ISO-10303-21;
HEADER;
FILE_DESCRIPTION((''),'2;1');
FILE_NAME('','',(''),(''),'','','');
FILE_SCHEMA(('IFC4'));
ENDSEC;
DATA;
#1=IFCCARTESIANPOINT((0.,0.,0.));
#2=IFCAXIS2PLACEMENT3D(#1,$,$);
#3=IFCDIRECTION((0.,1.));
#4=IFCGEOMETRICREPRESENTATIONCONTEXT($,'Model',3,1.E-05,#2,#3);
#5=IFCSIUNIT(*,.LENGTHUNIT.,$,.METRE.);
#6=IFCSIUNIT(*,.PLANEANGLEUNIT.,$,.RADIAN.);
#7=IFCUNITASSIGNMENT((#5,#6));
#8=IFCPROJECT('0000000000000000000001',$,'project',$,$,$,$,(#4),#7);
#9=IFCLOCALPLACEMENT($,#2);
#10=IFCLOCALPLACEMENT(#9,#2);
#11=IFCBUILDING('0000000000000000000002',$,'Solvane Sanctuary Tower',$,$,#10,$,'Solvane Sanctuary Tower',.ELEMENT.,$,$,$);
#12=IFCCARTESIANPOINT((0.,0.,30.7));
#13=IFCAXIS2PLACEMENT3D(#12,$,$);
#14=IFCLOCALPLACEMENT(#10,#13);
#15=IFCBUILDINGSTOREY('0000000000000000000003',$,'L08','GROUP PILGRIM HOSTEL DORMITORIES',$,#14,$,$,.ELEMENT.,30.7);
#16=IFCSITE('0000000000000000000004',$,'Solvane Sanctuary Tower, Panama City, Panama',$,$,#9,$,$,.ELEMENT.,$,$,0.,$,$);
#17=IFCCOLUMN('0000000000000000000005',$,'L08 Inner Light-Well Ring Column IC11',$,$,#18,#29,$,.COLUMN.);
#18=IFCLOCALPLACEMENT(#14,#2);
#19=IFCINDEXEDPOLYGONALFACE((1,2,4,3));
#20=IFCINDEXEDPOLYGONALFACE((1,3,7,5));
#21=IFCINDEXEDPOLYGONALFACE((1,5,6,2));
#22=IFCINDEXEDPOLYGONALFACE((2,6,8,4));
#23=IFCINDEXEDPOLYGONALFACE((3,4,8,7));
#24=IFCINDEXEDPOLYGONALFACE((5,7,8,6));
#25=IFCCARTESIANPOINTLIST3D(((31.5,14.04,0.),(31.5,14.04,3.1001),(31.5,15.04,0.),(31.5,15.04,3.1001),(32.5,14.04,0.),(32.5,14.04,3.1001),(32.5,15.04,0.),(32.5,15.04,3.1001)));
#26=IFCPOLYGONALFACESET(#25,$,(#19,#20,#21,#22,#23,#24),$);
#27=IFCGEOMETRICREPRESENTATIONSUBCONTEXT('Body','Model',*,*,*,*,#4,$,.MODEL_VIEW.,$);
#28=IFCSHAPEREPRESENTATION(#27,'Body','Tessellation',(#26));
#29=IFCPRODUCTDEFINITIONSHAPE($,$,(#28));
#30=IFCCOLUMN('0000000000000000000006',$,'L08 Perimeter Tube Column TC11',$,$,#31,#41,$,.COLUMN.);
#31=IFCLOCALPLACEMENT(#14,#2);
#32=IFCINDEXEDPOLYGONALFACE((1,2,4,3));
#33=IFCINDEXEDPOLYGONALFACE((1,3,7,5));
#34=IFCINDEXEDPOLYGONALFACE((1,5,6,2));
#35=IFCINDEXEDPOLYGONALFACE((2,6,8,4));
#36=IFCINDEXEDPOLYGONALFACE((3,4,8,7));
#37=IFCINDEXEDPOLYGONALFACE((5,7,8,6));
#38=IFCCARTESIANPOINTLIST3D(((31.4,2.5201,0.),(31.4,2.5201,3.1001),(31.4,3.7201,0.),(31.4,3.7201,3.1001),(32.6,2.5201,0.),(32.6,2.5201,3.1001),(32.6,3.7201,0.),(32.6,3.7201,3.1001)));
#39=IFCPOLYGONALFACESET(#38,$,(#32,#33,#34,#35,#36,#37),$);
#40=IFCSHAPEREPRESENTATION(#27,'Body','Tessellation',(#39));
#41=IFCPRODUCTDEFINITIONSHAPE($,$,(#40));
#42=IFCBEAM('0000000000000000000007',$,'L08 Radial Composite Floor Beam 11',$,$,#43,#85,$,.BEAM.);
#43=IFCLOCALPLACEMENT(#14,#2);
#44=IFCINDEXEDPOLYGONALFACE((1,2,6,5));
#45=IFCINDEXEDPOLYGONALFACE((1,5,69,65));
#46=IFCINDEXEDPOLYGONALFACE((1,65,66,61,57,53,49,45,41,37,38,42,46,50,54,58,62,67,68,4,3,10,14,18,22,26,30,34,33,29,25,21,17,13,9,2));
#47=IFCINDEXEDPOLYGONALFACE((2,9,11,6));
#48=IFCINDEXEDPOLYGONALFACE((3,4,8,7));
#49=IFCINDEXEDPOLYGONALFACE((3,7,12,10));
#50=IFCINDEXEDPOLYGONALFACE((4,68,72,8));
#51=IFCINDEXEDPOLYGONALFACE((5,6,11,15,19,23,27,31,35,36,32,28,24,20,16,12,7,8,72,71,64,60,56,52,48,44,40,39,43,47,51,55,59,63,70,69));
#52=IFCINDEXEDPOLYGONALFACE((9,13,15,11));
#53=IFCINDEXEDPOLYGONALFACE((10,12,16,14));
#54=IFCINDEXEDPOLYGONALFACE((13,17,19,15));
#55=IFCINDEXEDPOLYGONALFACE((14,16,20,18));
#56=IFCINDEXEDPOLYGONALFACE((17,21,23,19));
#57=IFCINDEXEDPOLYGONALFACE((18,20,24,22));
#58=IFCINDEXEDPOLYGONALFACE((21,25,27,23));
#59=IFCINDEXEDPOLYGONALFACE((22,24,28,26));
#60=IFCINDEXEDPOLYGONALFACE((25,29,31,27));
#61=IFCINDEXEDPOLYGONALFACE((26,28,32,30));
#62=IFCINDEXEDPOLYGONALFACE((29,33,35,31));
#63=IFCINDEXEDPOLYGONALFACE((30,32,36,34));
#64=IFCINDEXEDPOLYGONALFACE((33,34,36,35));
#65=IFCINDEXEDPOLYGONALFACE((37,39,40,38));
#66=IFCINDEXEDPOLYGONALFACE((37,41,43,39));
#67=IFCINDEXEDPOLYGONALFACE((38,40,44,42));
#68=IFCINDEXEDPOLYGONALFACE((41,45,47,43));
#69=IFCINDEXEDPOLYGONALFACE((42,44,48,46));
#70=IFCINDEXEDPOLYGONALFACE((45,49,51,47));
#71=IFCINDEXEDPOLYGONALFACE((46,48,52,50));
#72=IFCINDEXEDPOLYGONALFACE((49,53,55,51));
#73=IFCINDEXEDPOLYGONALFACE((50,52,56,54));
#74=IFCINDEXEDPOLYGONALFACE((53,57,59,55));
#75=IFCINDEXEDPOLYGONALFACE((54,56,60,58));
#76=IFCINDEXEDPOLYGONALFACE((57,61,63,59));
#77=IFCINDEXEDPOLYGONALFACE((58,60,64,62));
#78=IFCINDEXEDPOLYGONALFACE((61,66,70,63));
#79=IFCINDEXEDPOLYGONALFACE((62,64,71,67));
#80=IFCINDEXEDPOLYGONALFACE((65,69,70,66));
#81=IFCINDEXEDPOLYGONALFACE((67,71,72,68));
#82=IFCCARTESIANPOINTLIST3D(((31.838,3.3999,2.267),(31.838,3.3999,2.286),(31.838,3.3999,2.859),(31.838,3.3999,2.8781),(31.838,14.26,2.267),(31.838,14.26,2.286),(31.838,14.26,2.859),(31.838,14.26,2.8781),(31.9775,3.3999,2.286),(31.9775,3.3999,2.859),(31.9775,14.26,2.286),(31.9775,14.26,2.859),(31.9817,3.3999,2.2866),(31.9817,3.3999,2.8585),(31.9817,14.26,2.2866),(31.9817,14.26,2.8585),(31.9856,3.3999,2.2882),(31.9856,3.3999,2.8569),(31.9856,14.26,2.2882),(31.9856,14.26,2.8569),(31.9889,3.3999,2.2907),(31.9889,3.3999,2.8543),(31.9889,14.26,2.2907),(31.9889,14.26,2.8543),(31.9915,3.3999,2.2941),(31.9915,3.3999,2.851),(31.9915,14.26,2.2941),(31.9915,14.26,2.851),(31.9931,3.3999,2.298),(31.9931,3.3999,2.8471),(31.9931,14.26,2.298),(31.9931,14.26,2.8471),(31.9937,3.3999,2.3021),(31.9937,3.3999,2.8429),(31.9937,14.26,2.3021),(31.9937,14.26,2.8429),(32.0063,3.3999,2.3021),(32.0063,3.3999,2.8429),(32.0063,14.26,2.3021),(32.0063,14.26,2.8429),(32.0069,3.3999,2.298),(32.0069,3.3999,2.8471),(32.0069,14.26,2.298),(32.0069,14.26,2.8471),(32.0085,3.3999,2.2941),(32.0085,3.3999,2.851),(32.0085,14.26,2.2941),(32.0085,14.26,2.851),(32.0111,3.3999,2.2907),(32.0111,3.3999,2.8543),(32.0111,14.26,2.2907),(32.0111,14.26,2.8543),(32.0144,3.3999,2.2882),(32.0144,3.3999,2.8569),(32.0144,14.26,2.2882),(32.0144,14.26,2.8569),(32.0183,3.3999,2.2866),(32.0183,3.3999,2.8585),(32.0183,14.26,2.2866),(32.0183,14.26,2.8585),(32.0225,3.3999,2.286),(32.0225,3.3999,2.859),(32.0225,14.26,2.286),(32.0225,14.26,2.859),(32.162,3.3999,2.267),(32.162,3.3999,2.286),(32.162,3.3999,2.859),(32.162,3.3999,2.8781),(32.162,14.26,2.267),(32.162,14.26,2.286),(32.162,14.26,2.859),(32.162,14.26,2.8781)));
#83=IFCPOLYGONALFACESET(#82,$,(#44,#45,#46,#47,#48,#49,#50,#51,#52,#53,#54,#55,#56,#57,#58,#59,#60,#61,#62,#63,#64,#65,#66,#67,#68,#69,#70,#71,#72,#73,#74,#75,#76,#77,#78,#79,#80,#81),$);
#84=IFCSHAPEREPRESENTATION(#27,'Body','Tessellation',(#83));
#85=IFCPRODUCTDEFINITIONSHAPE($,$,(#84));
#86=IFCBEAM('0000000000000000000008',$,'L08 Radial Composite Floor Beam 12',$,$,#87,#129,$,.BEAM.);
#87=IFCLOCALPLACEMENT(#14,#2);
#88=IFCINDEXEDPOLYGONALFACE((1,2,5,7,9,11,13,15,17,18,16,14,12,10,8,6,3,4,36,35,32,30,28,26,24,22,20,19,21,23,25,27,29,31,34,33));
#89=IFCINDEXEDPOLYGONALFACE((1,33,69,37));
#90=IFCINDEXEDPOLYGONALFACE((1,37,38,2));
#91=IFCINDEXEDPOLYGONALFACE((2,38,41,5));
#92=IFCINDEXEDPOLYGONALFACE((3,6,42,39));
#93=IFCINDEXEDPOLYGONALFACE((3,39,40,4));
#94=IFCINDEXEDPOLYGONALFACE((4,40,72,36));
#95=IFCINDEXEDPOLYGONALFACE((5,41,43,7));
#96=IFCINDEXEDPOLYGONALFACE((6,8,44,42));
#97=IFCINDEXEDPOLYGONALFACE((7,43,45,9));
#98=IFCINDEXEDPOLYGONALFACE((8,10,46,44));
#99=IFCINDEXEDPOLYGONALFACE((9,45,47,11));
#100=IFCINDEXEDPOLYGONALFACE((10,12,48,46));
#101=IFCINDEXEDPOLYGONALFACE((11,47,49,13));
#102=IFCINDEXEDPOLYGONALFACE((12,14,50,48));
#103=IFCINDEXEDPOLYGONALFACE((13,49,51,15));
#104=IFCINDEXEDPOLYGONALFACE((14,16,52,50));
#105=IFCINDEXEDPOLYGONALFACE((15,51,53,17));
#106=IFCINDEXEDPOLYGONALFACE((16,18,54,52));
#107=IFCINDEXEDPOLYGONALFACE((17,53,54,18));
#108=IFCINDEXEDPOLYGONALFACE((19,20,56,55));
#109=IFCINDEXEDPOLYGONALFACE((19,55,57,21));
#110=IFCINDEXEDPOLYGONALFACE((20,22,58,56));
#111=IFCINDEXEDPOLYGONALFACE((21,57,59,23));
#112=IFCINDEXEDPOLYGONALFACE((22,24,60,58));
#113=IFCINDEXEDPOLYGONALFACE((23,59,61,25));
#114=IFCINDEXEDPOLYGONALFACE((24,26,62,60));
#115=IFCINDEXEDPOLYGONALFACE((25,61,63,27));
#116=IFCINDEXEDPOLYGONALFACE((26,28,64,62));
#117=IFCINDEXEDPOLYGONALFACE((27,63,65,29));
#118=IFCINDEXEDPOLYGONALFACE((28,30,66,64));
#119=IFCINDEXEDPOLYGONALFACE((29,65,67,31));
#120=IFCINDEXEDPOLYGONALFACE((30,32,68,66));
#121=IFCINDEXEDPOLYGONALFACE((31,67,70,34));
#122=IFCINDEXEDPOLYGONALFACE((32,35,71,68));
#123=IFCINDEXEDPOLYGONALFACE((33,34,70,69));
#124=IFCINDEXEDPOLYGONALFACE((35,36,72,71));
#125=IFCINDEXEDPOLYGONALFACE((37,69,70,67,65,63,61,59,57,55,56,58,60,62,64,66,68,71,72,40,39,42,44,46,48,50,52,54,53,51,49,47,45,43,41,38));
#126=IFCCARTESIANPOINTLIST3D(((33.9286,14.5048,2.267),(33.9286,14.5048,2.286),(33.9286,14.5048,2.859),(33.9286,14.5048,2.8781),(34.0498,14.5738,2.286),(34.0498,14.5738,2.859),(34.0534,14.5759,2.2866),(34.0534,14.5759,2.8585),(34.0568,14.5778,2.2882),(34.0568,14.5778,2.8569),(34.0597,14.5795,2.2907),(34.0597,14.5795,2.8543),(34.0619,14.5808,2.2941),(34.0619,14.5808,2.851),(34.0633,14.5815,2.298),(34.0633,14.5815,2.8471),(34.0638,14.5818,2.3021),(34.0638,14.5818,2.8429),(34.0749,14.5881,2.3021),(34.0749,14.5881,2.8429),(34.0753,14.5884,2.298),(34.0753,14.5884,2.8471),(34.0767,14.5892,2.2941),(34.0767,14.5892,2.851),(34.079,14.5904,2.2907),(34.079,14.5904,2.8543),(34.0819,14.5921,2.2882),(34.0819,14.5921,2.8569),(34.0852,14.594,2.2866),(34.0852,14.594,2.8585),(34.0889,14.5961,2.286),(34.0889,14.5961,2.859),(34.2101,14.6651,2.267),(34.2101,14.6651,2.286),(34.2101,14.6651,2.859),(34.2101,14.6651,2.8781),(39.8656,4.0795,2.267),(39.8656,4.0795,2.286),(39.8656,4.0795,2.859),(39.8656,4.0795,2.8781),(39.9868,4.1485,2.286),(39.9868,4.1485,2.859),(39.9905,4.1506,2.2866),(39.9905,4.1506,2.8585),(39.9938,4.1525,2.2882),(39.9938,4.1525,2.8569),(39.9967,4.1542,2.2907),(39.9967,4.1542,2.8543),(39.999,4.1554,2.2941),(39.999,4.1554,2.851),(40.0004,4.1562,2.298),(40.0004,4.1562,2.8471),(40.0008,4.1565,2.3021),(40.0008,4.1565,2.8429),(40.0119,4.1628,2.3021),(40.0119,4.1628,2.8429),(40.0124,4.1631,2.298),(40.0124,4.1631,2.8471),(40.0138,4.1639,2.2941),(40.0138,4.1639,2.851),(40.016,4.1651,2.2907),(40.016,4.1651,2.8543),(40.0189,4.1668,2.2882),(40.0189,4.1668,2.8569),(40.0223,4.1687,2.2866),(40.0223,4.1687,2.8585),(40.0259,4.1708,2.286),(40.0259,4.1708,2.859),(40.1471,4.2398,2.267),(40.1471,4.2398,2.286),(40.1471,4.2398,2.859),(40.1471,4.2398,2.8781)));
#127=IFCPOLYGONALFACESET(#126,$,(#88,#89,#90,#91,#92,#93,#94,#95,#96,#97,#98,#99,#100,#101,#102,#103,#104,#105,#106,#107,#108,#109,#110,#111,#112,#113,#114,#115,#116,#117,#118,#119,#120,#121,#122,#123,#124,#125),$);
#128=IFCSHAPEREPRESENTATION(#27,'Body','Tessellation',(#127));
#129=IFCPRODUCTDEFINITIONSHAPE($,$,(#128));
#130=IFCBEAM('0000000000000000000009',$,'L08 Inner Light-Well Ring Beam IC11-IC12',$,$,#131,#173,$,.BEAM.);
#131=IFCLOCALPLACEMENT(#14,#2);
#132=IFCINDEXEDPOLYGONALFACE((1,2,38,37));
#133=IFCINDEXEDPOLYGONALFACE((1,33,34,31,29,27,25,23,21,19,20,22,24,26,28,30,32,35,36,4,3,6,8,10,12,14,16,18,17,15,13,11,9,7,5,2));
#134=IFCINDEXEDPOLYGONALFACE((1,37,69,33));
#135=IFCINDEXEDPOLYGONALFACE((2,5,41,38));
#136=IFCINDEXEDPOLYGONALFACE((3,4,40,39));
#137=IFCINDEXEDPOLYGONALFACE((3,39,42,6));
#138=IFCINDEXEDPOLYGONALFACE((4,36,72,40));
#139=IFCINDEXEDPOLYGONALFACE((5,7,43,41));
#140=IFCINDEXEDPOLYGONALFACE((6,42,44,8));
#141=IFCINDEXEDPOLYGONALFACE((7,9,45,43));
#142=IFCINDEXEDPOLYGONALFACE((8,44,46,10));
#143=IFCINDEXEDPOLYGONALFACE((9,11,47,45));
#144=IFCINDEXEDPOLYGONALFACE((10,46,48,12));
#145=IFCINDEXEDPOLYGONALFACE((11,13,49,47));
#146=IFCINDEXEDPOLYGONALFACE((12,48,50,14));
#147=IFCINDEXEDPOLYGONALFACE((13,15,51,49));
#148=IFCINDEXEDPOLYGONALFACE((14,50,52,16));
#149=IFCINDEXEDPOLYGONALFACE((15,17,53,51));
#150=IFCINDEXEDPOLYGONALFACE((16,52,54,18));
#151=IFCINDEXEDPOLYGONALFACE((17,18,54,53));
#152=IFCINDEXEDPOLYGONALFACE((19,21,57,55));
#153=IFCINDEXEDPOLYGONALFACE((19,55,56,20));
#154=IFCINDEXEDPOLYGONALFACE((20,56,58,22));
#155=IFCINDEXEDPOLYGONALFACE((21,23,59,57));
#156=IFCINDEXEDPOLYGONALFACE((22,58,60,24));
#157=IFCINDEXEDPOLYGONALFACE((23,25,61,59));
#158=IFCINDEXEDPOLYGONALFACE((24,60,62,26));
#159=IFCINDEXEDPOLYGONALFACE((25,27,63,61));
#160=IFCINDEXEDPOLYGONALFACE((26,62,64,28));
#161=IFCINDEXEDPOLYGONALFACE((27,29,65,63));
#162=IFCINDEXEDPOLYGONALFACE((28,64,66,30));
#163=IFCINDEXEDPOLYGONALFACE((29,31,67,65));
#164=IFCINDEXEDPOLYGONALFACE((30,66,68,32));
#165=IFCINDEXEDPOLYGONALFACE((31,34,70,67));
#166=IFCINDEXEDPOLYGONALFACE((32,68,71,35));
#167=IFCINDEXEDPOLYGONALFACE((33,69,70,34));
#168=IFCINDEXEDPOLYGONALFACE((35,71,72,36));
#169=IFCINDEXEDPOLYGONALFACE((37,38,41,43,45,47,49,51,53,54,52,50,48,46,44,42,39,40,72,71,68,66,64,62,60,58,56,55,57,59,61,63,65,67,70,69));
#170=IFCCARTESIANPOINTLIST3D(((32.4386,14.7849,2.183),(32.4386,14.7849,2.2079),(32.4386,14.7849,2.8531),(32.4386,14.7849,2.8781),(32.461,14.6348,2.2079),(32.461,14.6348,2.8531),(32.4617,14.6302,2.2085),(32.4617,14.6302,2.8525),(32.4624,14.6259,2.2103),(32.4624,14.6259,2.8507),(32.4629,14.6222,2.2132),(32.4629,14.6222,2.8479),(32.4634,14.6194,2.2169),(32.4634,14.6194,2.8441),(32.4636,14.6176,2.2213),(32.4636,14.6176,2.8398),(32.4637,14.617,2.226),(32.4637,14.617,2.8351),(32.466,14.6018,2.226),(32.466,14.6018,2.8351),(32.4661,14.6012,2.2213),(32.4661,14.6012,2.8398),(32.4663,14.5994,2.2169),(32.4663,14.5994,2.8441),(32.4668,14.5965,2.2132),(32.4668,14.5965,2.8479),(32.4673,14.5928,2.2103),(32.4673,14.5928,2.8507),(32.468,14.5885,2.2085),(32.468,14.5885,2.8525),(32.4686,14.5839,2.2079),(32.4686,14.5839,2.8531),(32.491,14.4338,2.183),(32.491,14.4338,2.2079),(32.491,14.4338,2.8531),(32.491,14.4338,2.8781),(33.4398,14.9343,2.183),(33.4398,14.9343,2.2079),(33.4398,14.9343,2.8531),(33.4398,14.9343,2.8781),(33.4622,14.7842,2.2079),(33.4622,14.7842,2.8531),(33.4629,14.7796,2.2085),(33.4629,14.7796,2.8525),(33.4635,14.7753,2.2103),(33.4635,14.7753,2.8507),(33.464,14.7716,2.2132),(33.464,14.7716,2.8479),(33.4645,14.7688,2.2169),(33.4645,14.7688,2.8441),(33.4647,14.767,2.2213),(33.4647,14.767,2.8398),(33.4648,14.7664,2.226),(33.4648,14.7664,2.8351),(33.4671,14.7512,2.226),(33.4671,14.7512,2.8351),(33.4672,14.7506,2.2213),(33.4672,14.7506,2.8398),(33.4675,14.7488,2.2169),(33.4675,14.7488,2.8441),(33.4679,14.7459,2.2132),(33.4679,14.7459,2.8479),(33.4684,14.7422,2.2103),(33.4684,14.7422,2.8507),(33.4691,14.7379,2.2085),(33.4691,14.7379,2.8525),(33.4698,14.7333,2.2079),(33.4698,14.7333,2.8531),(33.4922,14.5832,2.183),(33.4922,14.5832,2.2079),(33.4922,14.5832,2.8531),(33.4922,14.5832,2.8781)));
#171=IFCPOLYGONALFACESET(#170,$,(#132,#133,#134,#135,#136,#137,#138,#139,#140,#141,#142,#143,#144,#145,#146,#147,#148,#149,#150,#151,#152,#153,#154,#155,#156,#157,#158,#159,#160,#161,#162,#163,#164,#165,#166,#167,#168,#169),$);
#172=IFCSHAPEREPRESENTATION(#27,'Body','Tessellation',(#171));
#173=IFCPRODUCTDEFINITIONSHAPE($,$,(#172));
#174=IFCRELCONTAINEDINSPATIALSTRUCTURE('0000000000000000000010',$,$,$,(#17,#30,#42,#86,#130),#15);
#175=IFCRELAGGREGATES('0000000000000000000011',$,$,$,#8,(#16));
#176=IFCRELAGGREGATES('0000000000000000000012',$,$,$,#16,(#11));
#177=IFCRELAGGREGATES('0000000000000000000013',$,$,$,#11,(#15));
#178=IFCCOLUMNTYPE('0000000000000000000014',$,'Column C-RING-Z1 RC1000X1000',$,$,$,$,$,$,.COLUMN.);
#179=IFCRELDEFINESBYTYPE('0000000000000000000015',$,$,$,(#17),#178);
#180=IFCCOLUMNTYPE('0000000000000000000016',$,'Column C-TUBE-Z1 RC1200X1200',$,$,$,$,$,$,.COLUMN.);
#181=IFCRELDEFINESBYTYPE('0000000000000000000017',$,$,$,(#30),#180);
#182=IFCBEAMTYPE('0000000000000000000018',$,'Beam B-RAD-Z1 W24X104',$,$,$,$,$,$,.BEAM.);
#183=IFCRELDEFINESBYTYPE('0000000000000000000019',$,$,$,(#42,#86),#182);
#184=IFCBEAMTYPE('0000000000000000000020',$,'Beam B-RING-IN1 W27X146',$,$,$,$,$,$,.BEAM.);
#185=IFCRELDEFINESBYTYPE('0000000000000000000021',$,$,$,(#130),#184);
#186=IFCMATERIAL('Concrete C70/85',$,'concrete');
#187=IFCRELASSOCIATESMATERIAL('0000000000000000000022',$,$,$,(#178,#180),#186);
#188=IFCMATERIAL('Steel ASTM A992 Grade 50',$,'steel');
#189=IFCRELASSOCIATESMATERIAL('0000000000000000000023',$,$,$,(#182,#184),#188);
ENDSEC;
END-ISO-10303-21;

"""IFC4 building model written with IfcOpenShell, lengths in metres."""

from ifc_helpers import new_model, si_unit, direction, frame, origin, origin_2d, place, context, subcontext, project, spatial, rectangle, i_section, extrude, material, material_profile, profile_set, type_object, element, save


model = new_model("IFC4")

# Units and contexts
model_context = context("Model", 3, precision=1e-05, world=origin(), true_north=direction((0.0, 1.0)))
body_context = subcontext(model_context, "Body", "Model", "MODEL_VIEW")
ifc_project = project(units=[si_unit("LENGTHUNIT", "METRE"), si_unit("PLANEANGLEUNIT", "RADIAN")], contexts=[model_context])

# Site, building, storey
site_placement = place(None, origin())
site = spatial("IfcSite", under=ifc_project, at=site_placement, Name="Solvane Sanctuary Tower, Panama City, Panama", CompositionType="ELEMENT", RefElevation=0.0)
building_placement = place(site_placement, origin())
building = spatial("IfcBuilding", under=site, at=building_placement, Name="Solvane Sanctuary Tower", LongName="Solvane Sanctuary Tower", CompositionType="ELEMENT")
storey_placement = place(building_placement, frame((0.0, 0.0, 30.7)))
storey = spatial("IfcBuildingStorey", under=building, at=storey_placement, Name="L08", Description="GROUP PILGRIM HOSTEL DORMITORIES", CompositionType="ELEMENT", Elevation=30.7)

# Columns
ifc_material_1 = material(Name="Concrete C70/85", Category="concrete")
ifc_material_profile_1 = material_profile(ifc_material_1, rectangle(XDim=1.0, YDim=1.0, at=origin_2d()), Name="RC1000X1000")
ifc_profile_set_1 = profile_set([ifc_material_profile_1], Name="Concrete C70/85")
column_type_1 = type_object("IfcColumnType", Name="Column C-RING-Z1 RC1000X1000", PredefinedType="COLUMN", material=ifc_profile_set_1)
column_1_placement = place(storey_placement, frame((32.0, 14.54, 0.0), z_axis=(0.0, 0.0, 1.0), x_axis=(1.0, 0.0, 0.0)))
element("IfcColumn", 1, at=column_1_placement, inside=storey, type_object=column_type_1, Name="L08 Inner Light-Well Ring Column IC11", PredefinedType="COLUMN", context=body_context, shape_type="SweptSolid", body=[
    extrude(rectangle(XDim=1.0, YDim=1.0, at=origin_2d()), origin(), (0.0, 0.0, 1.0), 3.1001),
])
ifc_material_profile_2 = material_profile(ifc_material_1, rectangle(XDim=1.2, YDim=1.2, at=origin_2d()), Name="RC1200X1200")
ifc_profile_set_2 = profile_set([ifc_material_profile_2], Name="Concrete C70/85")
column_type_2 = type_object("IfcColumnType", Name="Column C-TUBE-Z1 RC1200X1200", PredefinedType="COLUMN", material=ifc_profile_set_2)
column_2_placement = place(storey_placement, frame((32.0, 3.1201, 0.0), z_axis=(0.0, 0.0, 1.0), x_axis=(0.0, -1.0, 0.0)))
element("IfcColumn", 2, at=column_2_placement, inside=storey, type_object=column_type_2, Name="L08 Perimeter Tube Column TC11", PredefinedType="COLUMN", context=body_context, shape_type="SweptSolid", body=[
    extrude(rectangle(XDim=1.2, YDim=1.2, at=origin_2d()), origin(), (0.0, 0.0, 1.0), 3.1001),
])

# Beams
ifc_material_2 = material(Name="Steel ASTM A992 Grade 50", Category="steel")
ifc_material_profile_3 = material_profile(ifc_material_2, i_section(OverallWidth=0.324, OverallDepth=0.6111, WebThickness=0.0127, FlangeThickness=0.019, FilletRadius=0.0161, at=origin_2d()), Name="W24X104")
ifc_profile_set_3 = profile_set([ifc_material_profile_3], Name="Steel ASTM A992 Grade 50")
beam_type_1 = type_object("IfcBeamType", Name="Beam B-RAD-Z1 W24X104", PredefinedType="BEAM", material=ifc_profile_set_3)
beam_1_placement = place(storey_placement, frame((32.0, 14.26, 2.5725), z_axis=(0.0, -1.0, 0.0), x_axis=(1.0, 0.0, 0.0)))
element("IfcBeam", 3, at=beam_1_placement, inside=storey, type_object=beam_type_1, Name="L08 Radial Composite Floor Beam 11", PredefinedType="BEAM", context=body_context, shape_type="SweptSolid", body=[
    extrude(i_section(OverallWidth=0.324, OverallDepth=0.6111, WebThickness=0.0127, FlangeThickness=0.019, FilletRadius=0.0161, at=origin_2d()), origin(), (0.0, 0.0, 1.0), 10.8601),
])
beam_2_placement = place(storey_placement, frame((34.0693, 14.585, 2.5725), z_axis=(0.494863, -0.868971, 0.0), x_axis=(0.868971, 0.494863, 0.0)))
element("IfcBeam", 4, at=beam_2_placement, inside=storey, type_object=beam_type_1, Name="L08 Radial Composite Floor Beam 12", PredefinedType="BEAM", context=body_context, shape_type="SweptSolid", body=[
    extrude(i_section(OverallWidth=0.324, OverallDepth=0.6111, WebThickness=0.0127, FlangeThickness=0.019, FilletRadius=0.0161, at=origin_2d()), origin(), (0.0, 0.0, 1.0), 11.9973),
])
ifc_material_profile_4 = material_profile(ifc_material_2, i_section(OverallWidth=0.355, OverallDepth=0.6951, WebThickness=0.0154, FlangeThickness=0.0249, FilletRadius=0.0181, at=origin_2d()), Name="W27X146")
ifc_profile_set_4 = profile_set([ifc_material_profile_4], Name="Steel ASTM A992 Grade 50")
beam_type_2 = type_object("IfcBeamType", Name="Beam B-RING-IN1 W27X146", PredefinedType="BEAM", material=ifc_profile_set_4)
beam_3_placement = place(storey_placement, frame((32.4648, 14.6094, 2.5305), z_axis=(0.989048, 0.147597, 0.0), x_axis=(-0.147597, 0.989048, 0.0)))
element("IfcBeam", 5, at=beam_3_placement, inside=storey, type_object=beam_type_2, Name="L08 Inner Light-Well Ring Beam IC11-IC12", PredefinedType="BEAM", context=body_context, shape_type="SweptSolid", body=[
    extrude(i_section(OverallWidth=0.355, OverallDepth=0.6951, WebThickness=0.0154, FlangeThickness=0.0249, FilletRadius=0.0181, at=origin_2d()), origin(), (0.0, 0.0, 1.0), 1.0122),
])

save(model, "model.ifc")
